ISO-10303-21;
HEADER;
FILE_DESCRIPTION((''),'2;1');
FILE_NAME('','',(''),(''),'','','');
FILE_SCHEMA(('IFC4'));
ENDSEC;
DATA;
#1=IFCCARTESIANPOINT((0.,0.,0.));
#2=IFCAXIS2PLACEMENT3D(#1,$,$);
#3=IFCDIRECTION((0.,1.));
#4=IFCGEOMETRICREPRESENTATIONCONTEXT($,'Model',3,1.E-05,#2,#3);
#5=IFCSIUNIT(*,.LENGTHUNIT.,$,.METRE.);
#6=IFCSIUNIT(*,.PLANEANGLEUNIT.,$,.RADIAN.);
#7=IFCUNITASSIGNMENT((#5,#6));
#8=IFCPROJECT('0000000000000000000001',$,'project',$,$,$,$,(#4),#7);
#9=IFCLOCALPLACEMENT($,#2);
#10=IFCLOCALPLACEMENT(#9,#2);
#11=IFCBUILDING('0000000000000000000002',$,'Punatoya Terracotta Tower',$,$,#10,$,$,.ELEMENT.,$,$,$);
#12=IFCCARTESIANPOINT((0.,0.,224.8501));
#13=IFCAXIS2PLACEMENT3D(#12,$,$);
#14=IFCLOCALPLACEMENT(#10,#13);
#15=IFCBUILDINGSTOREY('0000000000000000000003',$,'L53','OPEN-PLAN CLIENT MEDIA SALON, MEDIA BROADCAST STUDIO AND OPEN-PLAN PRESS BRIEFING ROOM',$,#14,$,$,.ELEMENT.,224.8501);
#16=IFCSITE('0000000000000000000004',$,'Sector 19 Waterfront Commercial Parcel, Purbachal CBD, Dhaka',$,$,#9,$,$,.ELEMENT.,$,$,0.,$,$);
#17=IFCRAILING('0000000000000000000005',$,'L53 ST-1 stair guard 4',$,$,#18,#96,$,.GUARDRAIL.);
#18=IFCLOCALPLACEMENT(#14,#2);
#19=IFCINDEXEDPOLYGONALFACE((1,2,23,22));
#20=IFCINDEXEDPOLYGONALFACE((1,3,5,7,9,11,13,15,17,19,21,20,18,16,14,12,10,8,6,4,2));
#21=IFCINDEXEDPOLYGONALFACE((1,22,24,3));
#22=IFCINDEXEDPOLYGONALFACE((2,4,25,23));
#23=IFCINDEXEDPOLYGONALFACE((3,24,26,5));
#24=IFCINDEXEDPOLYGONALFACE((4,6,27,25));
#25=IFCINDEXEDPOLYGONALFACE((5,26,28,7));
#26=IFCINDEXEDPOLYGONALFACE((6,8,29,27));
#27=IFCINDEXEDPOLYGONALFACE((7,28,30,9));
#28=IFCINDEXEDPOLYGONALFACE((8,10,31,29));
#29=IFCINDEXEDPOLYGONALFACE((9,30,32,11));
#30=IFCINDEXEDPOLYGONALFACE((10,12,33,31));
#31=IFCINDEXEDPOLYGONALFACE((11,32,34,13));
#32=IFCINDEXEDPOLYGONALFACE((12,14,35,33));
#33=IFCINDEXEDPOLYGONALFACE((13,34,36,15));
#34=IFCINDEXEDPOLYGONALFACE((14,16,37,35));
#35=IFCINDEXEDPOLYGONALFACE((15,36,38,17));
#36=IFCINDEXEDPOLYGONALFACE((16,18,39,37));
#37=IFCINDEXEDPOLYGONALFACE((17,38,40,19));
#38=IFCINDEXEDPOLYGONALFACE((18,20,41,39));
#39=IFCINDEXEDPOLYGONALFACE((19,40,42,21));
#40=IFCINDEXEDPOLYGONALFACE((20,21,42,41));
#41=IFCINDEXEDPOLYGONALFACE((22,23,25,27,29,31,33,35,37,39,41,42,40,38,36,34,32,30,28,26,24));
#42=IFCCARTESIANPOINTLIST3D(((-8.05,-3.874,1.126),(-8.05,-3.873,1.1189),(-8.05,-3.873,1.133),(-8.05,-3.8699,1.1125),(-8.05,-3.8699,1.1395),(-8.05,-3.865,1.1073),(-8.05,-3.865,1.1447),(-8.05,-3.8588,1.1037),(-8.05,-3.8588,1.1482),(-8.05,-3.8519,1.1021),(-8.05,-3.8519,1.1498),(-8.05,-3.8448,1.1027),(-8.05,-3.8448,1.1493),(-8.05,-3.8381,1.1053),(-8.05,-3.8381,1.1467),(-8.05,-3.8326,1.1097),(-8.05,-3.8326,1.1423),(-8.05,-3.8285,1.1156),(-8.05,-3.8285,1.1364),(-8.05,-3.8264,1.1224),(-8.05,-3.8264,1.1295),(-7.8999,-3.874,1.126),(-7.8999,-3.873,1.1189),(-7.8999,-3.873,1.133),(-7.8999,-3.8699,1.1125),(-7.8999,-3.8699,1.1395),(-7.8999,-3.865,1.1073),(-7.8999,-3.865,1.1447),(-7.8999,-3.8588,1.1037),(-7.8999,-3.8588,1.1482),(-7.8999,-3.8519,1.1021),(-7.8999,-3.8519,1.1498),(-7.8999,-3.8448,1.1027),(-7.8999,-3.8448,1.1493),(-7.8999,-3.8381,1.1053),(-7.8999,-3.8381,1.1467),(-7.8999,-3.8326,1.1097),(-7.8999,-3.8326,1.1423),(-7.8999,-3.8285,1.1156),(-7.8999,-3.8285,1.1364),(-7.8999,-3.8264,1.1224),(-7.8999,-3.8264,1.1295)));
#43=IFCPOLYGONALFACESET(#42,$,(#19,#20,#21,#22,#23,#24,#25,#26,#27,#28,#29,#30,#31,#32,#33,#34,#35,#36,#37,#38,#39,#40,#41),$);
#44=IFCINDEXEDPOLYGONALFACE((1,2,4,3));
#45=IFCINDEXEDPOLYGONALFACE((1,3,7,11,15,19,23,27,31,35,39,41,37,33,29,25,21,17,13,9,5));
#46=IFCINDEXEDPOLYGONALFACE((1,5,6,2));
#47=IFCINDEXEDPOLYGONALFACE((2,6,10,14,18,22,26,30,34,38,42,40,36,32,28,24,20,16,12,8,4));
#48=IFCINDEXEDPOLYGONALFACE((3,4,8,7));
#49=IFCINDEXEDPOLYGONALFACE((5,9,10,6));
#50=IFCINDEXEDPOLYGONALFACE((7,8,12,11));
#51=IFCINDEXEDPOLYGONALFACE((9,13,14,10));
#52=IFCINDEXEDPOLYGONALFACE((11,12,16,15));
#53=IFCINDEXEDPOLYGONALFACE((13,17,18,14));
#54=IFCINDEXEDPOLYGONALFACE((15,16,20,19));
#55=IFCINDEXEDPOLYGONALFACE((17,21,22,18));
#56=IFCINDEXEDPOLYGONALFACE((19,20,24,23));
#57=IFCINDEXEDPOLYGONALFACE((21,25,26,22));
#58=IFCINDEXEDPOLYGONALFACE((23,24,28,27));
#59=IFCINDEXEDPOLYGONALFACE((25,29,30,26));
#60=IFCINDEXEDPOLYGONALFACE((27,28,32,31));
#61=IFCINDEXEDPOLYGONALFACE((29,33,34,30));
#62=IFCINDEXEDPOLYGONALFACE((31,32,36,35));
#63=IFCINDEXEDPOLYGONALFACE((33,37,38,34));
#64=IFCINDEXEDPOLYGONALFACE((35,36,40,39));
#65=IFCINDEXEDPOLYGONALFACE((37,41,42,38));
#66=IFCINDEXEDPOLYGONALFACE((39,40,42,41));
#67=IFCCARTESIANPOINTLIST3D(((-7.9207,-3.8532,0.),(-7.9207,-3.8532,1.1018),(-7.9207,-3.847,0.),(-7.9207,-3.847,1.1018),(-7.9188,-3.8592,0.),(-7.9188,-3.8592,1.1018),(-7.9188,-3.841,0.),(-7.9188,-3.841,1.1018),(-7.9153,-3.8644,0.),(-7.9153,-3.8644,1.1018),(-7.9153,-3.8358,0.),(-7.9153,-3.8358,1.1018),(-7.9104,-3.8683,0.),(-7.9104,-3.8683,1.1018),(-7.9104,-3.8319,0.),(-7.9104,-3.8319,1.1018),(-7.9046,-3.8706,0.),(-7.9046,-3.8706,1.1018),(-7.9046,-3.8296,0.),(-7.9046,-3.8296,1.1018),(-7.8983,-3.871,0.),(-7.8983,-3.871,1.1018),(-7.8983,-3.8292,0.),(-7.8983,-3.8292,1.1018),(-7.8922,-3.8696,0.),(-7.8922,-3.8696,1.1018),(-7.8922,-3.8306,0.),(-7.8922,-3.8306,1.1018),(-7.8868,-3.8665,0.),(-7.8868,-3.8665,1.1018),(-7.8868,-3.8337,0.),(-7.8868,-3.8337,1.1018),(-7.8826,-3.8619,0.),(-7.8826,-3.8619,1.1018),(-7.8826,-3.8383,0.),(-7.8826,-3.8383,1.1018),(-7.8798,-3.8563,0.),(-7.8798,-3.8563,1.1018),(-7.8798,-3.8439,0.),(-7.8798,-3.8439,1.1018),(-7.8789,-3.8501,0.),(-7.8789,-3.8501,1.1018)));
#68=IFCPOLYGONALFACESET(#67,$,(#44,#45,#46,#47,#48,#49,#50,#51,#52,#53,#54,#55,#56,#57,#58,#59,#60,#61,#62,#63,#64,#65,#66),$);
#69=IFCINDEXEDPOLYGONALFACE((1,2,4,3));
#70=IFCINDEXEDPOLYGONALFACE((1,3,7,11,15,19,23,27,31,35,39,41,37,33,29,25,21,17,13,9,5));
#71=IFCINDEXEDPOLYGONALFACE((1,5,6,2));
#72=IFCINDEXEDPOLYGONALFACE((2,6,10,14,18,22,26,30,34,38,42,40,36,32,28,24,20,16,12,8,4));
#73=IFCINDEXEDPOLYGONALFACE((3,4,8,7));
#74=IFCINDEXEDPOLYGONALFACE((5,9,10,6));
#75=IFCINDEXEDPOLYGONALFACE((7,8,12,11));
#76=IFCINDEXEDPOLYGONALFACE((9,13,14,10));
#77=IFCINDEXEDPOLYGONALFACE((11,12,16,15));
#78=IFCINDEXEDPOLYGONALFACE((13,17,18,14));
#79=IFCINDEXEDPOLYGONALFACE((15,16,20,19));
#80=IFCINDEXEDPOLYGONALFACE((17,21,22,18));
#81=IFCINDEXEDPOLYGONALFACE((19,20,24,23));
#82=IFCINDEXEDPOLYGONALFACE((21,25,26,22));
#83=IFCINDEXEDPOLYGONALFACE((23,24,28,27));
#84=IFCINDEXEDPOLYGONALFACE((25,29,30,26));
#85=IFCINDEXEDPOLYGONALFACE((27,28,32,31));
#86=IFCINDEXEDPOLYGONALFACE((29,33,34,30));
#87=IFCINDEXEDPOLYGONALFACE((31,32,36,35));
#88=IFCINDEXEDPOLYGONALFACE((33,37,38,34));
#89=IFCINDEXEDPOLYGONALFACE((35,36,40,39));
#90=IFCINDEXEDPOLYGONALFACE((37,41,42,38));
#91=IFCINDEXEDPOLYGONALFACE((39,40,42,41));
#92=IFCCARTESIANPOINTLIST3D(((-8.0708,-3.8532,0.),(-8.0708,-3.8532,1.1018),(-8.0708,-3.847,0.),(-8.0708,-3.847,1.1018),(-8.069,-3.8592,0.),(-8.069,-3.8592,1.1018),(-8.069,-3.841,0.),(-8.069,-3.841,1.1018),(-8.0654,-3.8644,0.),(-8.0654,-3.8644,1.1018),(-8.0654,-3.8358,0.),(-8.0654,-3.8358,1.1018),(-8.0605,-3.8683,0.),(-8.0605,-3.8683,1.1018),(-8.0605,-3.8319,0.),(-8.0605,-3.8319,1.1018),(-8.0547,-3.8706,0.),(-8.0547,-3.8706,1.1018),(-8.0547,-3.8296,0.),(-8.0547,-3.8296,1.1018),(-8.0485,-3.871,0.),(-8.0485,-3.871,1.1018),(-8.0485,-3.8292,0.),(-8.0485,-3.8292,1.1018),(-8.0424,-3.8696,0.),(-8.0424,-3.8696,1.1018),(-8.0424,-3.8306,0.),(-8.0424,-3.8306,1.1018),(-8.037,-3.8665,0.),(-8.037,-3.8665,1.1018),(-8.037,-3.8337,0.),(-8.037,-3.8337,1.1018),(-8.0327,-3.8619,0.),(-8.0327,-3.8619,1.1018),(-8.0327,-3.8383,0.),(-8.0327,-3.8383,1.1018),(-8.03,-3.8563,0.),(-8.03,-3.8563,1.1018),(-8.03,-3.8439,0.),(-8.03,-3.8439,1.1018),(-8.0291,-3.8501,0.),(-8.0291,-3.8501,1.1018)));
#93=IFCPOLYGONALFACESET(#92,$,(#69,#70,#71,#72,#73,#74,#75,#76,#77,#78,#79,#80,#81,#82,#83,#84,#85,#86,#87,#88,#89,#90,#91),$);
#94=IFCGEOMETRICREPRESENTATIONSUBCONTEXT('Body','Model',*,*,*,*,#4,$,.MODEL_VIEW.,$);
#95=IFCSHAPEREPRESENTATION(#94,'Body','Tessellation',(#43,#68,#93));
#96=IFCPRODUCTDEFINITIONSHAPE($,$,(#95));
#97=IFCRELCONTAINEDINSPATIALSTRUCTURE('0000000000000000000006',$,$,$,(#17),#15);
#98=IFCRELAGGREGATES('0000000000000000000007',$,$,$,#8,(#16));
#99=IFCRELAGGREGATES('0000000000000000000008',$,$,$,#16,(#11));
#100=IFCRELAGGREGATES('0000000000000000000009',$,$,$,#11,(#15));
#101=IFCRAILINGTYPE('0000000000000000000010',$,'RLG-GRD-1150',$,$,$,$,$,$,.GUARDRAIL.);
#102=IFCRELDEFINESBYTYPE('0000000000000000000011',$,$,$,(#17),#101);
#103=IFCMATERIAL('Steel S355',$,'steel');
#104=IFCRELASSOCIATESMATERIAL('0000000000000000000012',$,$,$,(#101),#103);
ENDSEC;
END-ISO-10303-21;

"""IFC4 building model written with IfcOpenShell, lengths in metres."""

from ifc_helpers import new_model, si_unit, direction, frame, origin, origin_2d, place, context, subcontext, project, spatial, circle, extrude, material, type_object, element, save


model = new_model("IFC4")

# Units and contexts
model_context = context("Model", 3, precision=1e-05, world=origin(), true_north=direction((0.0, 1.0)))
body_context = subcontext(model_context, "Body", "Model", "MODEL_VIEW")
ifc_project = project(units=[si_unit("LENGTHUNIT", "METRE"), si_unit("PLANEANGLEUNIT", "RADIAN")], contexts=[model_context])

# Site, building, storey
site_placement = place(None, origin())
site = spatial("IfcSite", under=ifc_project, at=site_placement, Name="Sector 19 Waterfront Commercial Parcel, Purbachal CBD, Dhaka", CompositionType="ELEMENT", RefElevation=0.0)
building_placement = place(site_placement, origin())
building = spatial("IfcBuilding", under=site, at=building_placement, Name="Punatoya Terracotta Tower", CompositionType="ELEMENT")
storey_placement = place(building_placement, frame((0.0, 0.0, 224.8501)))
storey = spatial("IfcBuildingStorey", under=building, at=storey_placement, Name="L53", Description="OPEN-PLAN CLIENT MEDIA SALON, MEDIA BROADCAST STUDIO AND OPEN-PLAN PRESS BRIEFING ROOM", CompositionType="ELEMENT", Elevation=224.8501)

# Shared definitions
ifc_material_1 = material(Name="Steel S355", Category="steel")

# Railing
railing_type_1 = type_object("IfcRailingType", Name="RLG-GRD-1150", PredefinedType="GUARDRAIL", material=ifc_material_1)
railing_1_placement = place(storey_placement, frame((-7.8999, -3.8501, 0.0)))
element("IfcRailing", 1, at=railing_1_placement, inside=storey, type_object=railing_type_1, Name="L53 ST-1 stair guard 4", PredefinedType="GUARDRAIL", context=body_context, shape_type="SweptSolid", body=[
    extrude(circle(Radius=0.0239, at=origin_2d()), frame((0.0, 0.0, 1.126), z_axis=(-1.0, 0.0, 0.0), x_axis=(0.0, -1.0, 0.0)), (0.0, 0.0, 1.0), 0.1501),
    extrude(circle(Radius=0.021, at=origin_2d()), origin(), (0.0, 0.0, 1.0), 1.1018),
    extrude(circle(Radius=0.021, at=origin_2d()), frame((-0.1501, 0.0, 0.0)), (0.0, 0.0, 1.0), 1.1018),
])

save(model, "model.ifc")
